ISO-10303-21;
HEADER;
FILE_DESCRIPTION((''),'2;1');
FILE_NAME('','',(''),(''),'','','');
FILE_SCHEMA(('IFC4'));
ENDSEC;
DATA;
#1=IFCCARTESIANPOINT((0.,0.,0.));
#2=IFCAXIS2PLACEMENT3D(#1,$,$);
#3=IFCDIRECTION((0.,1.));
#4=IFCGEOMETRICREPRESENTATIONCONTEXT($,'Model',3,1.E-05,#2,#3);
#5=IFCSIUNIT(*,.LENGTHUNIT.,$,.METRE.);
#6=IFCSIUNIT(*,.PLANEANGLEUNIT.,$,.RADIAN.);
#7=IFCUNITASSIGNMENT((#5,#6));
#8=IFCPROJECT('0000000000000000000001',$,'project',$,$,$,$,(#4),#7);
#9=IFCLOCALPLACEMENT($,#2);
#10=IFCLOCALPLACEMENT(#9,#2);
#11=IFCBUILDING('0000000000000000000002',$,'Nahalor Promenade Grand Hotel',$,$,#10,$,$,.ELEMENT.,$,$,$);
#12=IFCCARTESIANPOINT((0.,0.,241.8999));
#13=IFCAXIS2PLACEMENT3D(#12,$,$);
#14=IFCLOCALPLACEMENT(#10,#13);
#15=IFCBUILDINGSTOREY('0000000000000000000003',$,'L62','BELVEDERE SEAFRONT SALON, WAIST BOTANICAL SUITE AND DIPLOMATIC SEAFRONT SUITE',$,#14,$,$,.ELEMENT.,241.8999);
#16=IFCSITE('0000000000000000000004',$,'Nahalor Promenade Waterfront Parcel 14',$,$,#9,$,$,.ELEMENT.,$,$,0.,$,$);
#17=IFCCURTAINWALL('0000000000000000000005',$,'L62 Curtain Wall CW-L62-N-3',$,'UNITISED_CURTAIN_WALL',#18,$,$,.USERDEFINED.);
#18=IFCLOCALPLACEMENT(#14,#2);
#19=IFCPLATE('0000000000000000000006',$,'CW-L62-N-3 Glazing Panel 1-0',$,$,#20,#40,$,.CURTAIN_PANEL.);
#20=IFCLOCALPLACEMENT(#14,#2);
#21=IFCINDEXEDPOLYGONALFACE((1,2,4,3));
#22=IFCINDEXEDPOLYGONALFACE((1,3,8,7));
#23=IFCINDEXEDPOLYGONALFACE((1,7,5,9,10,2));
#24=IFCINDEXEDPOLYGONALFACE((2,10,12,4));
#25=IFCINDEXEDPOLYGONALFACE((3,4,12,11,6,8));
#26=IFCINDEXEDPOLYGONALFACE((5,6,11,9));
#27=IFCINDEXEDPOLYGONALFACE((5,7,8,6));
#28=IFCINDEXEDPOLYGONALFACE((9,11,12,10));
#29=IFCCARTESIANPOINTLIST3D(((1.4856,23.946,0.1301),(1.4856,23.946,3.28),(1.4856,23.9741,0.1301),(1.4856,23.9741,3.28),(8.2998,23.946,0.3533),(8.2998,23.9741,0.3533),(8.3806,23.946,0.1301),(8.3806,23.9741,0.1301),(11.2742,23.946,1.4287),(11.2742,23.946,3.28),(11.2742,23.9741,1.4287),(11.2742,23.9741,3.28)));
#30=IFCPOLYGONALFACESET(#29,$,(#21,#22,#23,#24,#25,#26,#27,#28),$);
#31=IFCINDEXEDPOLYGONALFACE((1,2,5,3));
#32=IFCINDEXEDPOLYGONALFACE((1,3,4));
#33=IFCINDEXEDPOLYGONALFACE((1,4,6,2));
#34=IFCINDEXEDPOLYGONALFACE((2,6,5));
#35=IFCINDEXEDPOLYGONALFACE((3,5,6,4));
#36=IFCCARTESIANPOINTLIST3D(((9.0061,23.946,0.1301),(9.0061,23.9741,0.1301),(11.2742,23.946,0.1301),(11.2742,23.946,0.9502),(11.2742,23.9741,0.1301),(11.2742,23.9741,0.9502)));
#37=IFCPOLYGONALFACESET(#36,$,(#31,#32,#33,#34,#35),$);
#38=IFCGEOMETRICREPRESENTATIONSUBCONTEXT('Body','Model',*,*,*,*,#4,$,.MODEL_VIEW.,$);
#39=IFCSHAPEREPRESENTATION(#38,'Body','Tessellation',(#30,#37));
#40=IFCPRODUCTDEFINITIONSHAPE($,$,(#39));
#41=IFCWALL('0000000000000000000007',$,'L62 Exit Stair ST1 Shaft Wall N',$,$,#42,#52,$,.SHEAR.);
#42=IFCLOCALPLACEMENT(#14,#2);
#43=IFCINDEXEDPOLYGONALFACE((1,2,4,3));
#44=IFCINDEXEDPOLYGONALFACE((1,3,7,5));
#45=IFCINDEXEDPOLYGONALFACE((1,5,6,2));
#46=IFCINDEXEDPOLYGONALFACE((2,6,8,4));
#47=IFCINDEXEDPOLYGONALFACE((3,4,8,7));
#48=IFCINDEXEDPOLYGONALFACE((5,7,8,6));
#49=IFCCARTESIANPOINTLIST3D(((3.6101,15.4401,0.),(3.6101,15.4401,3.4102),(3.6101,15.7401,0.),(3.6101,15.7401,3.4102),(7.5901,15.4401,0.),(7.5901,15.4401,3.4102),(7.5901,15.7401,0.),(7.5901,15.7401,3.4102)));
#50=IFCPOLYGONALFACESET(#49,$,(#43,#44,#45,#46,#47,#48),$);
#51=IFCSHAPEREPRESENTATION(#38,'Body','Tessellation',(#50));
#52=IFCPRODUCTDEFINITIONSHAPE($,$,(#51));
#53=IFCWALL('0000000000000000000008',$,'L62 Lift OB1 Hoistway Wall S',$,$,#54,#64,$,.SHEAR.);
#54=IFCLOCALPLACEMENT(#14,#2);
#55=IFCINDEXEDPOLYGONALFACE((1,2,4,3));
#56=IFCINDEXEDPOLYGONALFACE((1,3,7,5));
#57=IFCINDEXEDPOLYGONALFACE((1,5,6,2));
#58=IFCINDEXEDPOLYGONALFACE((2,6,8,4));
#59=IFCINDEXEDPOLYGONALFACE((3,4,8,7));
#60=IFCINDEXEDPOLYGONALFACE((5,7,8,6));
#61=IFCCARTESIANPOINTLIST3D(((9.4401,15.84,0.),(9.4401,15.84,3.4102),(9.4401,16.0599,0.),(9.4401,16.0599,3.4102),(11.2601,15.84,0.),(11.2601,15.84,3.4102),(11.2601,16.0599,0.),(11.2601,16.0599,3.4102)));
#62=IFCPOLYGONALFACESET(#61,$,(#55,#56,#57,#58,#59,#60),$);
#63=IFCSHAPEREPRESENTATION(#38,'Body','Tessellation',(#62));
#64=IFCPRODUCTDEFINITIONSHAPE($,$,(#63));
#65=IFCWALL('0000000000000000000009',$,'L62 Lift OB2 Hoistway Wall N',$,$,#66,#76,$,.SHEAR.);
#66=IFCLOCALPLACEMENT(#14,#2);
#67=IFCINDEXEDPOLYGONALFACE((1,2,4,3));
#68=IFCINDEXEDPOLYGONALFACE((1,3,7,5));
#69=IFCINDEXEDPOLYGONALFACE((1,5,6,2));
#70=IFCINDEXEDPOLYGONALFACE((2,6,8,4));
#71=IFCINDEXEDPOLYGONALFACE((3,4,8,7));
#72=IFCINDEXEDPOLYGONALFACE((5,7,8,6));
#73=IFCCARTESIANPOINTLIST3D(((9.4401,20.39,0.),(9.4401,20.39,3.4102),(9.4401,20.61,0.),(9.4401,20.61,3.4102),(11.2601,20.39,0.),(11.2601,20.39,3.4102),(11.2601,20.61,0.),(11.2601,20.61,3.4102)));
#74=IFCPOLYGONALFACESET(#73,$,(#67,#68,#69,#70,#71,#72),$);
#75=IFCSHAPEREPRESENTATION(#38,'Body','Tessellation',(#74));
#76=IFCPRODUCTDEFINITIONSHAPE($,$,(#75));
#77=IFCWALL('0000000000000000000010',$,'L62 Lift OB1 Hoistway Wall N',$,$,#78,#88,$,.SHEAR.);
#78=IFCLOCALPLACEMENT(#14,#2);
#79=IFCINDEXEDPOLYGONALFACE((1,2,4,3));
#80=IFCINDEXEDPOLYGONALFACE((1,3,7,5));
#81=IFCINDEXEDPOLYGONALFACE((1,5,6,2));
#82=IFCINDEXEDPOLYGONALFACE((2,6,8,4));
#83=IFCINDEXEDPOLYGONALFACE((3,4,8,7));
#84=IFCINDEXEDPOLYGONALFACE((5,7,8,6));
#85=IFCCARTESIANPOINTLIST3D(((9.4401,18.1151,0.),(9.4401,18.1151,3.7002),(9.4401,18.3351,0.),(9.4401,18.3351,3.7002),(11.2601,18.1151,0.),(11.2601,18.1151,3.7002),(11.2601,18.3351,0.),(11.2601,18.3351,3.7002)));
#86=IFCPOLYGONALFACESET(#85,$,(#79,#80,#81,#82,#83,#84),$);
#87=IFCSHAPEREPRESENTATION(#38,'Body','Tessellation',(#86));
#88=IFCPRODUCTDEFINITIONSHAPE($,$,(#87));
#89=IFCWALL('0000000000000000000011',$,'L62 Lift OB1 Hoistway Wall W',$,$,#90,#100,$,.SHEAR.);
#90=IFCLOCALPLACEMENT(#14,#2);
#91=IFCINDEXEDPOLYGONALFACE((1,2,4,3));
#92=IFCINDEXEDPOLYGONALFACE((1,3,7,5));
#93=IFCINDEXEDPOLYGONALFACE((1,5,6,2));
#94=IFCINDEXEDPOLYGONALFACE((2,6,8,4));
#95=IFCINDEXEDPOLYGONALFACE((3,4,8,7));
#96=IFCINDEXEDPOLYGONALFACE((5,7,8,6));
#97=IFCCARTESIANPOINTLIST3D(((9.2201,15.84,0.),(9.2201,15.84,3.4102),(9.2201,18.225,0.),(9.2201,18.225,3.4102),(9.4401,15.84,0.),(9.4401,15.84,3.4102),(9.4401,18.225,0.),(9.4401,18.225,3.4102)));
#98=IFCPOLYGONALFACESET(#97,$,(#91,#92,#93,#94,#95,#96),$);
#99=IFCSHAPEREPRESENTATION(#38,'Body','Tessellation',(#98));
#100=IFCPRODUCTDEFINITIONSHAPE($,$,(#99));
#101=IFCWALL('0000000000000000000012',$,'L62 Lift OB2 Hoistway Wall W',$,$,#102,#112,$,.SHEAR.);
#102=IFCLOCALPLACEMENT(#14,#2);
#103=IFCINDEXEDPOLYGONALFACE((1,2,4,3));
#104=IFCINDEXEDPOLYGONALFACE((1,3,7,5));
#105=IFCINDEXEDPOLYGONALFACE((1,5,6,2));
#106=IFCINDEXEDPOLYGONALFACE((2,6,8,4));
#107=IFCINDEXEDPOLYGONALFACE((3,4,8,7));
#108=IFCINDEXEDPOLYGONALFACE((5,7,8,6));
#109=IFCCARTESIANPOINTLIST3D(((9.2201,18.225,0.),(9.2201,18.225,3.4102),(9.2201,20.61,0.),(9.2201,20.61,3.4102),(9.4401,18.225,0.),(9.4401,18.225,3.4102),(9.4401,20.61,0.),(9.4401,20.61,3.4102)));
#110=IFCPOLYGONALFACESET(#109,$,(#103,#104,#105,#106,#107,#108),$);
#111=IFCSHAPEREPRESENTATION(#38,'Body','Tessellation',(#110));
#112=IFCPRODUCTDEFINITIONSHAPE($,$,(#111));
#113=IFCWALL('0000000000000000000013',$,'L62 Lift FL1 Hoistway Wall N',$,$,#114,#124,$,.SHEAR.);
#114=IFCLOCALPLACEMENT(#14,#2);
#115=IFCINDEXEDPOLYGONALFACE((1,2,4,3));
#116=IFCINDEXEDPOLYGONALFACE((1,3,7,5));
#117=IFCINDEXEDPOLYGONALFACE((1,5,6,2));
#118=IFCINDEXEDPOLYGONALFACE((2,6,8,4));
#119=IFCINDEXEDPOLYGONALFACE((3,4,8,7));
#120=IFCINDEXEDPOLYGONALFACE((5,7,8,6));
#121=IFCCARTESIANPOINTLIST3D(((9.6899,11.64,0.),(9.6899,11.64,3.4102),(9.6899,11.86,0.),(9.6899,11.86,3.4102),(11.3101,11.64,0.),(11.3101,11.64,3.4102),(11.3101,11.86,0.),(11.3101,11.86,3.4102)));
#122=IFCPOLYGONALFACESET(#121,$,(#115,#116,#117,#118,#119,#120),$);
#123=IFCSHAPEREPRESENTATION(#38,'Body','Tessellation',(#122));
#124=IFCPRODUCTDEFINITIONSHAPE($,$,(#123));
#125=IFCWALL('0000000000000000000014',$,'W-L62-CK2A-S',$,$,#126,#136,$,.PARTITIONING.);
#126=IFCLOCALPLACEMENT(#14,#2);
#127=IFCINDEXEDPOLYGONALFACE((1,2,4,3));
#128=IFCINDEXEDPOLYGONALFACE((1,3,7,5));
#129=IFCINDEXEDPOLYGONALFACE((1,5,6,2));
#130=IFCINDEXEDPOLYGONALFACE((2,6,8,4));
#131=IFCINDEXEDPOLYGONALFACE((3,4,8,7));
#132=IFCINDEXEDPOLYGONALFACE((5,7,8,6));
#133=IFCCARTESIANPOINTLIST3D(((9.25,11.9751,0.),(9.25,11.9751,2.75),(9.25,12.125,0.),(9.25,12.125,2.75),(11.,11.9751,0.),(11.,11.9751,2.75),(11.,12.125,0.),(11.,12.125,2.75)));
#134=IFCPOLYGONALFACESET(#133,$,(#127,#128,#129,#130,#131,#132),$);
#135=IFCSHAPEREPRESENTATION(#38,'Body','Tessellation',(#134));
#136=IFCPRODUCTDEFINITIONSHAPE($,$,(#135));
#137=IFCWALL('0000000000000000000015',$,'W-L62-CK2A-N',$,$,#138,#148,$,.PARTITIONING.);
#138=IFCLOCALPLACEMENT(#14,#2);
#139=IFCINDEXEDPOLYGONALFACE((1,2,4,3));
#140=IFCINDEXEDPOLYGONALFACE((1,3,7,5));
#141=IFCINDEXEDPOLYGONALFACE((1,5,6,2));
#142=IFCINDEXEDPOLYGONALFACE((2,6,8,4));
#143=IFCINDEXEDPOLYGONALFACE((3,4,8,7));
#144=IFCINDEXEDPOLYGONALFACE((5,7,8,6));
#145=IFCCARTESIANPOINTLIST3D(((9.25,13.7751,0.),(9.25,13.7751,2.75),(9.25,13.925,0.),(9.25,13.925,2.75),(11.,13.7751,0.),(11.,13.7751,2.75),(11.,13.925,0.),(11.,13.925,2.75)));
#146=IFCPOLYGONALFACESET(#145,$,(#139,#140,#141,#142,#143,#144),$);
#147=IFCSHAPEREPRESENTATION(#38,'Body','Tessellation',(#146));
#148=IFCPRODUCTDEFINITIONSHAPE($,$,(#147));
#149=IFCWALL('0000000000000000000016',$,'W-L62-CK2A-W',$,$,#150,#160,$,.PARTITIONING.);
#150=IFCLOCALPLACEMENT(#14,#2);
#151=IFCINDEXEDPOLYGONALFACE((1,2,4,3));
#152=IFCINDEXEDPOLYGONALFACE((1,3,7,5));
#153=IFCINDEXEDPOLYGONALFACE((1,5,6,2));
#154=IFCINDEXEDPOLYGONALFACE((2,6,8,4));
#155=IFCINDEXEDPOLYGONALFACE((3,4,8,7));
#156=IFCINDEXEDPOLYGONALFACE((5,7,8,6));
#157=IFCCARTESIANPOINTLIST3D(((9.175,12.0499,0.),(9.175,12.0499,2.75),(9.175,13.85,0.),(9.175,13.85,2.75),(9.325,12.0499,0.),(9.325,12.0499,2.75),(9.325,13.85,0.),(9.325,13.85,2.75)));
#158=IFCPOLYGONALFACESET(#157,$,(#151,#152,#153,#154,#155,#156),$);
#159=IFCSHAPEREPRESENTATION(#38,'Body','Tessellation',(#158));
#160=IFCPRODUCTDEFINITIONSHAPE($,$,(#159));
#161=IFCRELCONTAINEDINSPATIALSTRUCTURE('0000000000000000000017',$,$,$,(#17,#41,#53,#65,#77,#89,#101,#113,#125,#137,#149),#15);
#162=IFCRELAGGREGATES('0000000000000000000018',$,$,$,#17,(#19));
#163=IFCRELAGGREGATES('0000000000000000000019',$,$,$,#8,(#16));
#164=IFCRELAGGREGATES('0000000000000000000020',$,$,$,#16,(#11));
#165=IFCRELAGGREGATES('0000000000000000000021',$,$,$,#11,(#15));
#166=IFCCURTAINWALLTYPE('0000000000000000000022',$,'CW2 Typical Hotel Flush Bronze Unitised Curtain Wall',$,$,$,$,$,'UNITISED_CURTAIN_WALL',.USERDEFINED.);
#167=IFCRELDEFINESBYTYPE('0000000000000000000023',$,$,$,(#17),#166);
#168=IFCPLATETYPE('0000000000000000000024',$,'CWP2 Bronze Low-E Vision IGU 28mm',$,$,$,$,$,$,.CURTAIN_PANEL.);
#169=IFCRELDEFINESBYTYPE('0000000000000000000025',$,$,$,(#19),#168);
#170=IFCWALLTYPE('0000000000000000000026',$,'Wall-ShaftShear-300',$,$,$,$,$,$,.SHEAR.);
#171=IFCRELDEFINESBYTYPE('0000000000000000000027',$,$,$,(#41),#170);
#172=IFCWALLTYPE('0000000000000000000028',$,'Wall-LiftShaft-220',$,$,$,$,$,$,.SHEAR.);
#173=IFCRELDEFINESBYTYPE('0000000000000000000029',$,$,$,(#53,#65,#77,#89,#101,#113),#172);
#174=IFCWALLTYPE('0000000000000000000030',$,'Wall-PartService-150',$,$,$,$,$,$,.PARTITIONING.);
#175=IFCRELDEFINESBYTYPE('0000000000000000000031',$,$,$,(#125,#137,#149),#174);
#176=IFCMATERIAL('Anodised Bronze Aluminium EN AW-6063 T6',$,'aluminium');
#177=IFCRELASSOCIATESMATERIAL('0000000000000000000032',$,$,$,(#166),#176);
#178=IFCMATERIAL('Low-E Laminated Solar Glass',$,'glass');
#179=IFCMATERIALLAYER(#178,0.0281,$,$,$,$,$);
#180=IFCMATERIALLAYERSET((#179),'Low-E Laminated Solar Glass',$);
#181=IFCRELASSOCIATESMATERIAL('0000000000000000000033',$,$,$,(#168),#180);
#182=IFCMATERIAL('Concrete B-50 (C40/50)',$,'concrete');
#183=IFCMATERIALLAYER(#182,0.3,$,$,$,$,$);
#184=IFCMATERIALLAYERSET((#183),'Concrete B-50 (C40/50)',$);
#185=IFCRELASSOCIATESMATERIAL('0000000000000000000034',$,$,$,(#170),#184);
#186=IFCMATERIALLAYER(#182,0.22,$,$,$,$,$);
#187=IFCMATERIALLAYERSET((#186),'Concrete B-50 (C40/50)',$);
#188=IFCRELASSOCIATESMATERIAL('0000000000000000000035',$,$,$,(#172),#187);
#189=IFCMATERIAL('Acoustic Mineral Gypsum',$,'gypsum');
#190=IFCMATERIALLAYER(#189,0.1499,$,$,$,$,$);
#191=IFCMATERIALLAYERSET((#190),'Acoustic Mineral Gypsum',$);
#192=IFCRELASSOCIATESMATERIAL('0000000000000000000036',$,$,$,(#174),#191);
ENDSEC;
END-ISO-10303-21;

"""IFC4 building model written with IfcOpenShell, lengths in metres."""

from ifc_helpers import new_model, si_unit, direction, frame, frame_2d, origin, place, context, subcontext, project, spatial, polyline, rectangle, outline, extrude, source, transform, mapped, material, layer, layer_set, type_object, element, aggregate, save


model = new_model("IFC4")

# Units and contexts
model_context = context("Model", 3, precision=1e-05, world=origin(), true_north=direction((0.0, 1.0)))
body_context = subcontext(model_context, "Body", "Model", "MODEL_VIEW")
ifc_project = project(units=[si_unit("LENGTHUNIT", "METRE"), si_unit("PLANEANGLEUNIT", "RADIAN")], contexts=[model_context])

# Site, building, storey
site_placement = place(None, origin())
site = spatial("IfcSite", under=ifc_project, at=site_placement, Name="Nahalor Promenade Waterfront Parcel 14", CompositionType="ELEMENT", RefElevation=0.0)
building_placement = place(site_placement, origin())
building = spatial("IfcBuilding", under=site, at=building_placement, Name="Nahalor Promenade Grand Hotel", CompositionType="ELEMENT")
storey_placement = place(building_placement, frame((0.0, 0.0, 241.8999)))
storey = spatial("IfcBuildingStorey", under=building, at=storey_placement, Name="L62", Description="BELVEDERE SEAFRONT SALON, WAIST BOTANICAL SUITE AND DIPLOMATIC SEAFRONT SUITE", CompositionType="ELEMENT", Elevation=241.8999)

# Curtain wall, plate
ifc_material_1 = material(Name="Anodised Bronze Aluminium EN AW-6063 T6", Category="aluminium")
curtain_wall_type = type_object("IfcCurtainWallType", Name="CW2 Typical Hotel Flush Bronze Unitised Curtain Wall", ElementType="UNITISED_CURTAIN_WALL", PredefinedType="USERDEFINED", material=ifc_material_1)
curtain_wall_placement = place(storey_placement, origin())
curtain_wall = element("IfcCurtainWall", 1, at=curtain_wall_placement, inside=storey, type_object=curtain_wall_type, Name="L62 Curtain Wall CW-L62-N-3", ObjectType="UNITISED_CURTAIN_WALL", PredefinedType="USERDEFINED")
ifc_material_2 = material(Name="Low-E Laminated Solar Glass", Category="glass")
ifc_layer_1 = layer(ifc_material_2, 0.0281)
ifc_layer_set_1 = layer_set([ifc_layer_1], Name="Low-E Laminated Solar Glass")
plate_type = type_object("IfcPlateType", Name="CWP2 Bronze Low-E Vision IGU 28mm", PredefinedType="CURTAIN_PANEL", material=ifc_layer_set_1)
plate_placement = place(storey_placement, frame((6.3799, 23.96, 0.1301), z_axis=(0.0, 0.0, 1.0), x_axis=(1.0, 0.0, 0.0)))
plate = element("IfcPlate", 2, at=plate_placement, type_object=plate_type, Name="CW-L62-N-3 Glazing Panel 1-0", PredefinedType="CURTAIN_PANEL", context=body_context, shape_type="SweptSolid", body=[
    extrude(outline(polyline([(-4.8943, 3.1499), (-4.8943, 0.0), (2.0007, 0.0), (1.9199, 0.2231), (4.8943, 1.2986), (4.8943, 3.1499), (-4.8943, 3.1499)])), frame((0.0, 0.0142, 0.0), z_axis=(0.0, -1.0, 0.0), x_axis=(1.0, 0.0, 0.0)), (0.0, 0.0, 1.0), 0.0281),
    extrude(outline(polyline([(2.6262, 0.0), (4.8943, 0.0), (4.8943, 0.8201), (2.6262, 0.0)])), frame((0.0, 0.0142, 0.0), z_axis=(0.0, -1.0, 0.0), x_axis=(1.0, 0.0, 0.0)), (0.0, 0.0, 1.0), 0.0281),
])
aggregate(curtain_wall, [plate])

# Walls
ifc_material_3 = material(Name="Concrete B-50 (C40/50)", Category="concrete")
ifc_layer_2 = layer(ifc_material_3, 0.3)
ifc_layer_set_2 = layer_set([ifc_layer_2], Name="Concrete B-50 (C40/50)")
wall_type_1 = type_object("IfcWallType", Name="Wall-ShaftShear-300", PredefinedType="SHEAR", material=ifc_layer_set_2)
shared_shape_1 = source(origin(), body_context, "Body", "SweptSolid", [
    extrude(rectangle(XDim=3.98, YDim=0.3, at=frame_2d((1.99, 0.0))), origin(), (0.0, 0.0, 1.0), 3.4102),
])
wall_1_placement = place(storey_placement, frame((3.6101, 15.5901, 0.0), z_axis=(0.0, 0.0, 1.0), x_axis=(1.0, 0.0, 0.0)))
element("IfcWall", 3, at=wall_1_placement, inside=storey, type_object=wall_type_1, Name="L62 Exit Stair ST1 Shaft Wall N", PredefinedType="SHEAR", context=body_context, shape_type="MappedRepresentation", body=[
    mapped(shared_shape_1, transform((0.0, 0.0, 0.0), scale=1.0)),
])
ifc_layer_3 = layer(ifc_material_3, 0.22)
ifc_layer_set_3 = layer_set([ifc_layer_3], Name="Concrete B-50 (C40/50)")
wall_type_2 = type_object("IfcWallType", Name="Wall-LiftShaft-220", PredefinedType="SHEAR", material=ifc_layer_set_3)
shared_shape_2 = source(origin(), body_context, "Body", "SweptSolid", [
    extrude(rectangle(XDim=1.8201, YDim=0.22, at=frame_2d((0.9102, 0.0))), origin(), (0.0, 0.0, 1.0), 3.4102),
])
for number, where, z_axis, x_axis, name in (
    (4, (9.4399, 15.95, 0.0), (0.0, 0.0, 1.0), (1.0, 0.0, 0.0), "L62 Lift OB1 Hoistway Wall S"),
    (5, (9.4399, 20.5, 0.0), (0.0, 0.0, 1.0), (1.0, 0.0, 0.0), "L62 Lift OB2 Hoistway Wall N"),
):
    element("IfcWall", number, at=place(storey_placement, frame(where, z_axis=z_axis, x_axis=x_axis)), inside=storey, type_object=wall_type_2, Name=name, PredefinedType="SHEAR", context=body_context, shape_type="MappedRepresentation", body=[
        mapped(shared_shape_2, transform((0.0, 0.0, 0.0), scale=1.0)),
    ])
shared_shape_3 = source(origin(), body_context, "Body", "SweptSolid", [
    extrude(rectangle(XDim=1.8201, YDim=0.22, at=frame_2d((0.9102, 0.0))), origin(), (0.0, 0.0, 1.0), 3.7002),
])
wall_2_placement = place(storey_placement, frame((9.4399, 18.2251, 0.0), z_axis=(0.0, 0.0, 1.0), x_axis=(1.0, 0.0, 0.0)))
element("IfcWall", 6, at=wall_2_placement, inside=storey, type_object=wall_type_2, Name="L62 Lift OB1 Hoistway Wall N", PredefinedType="SHEAR", context=body_context, shape_type="MappedRepresentation", body=[
    mapped(shared_shape_3, transform((0.0, 0.0, 0.0), scale=1.0)),
])
shared_shape_4 = source(origin(), body_context, "Body", "SweptSolid", [
    extrude(rectangle(XDim=2.385, YDim=0.22, at=frame_2d((1.1924, 0.0))), origin(), (0.0, 0.0, 1.0), 3.4102),
])
for number, where, z_axis, x_axis, name in (
    (7, (9.3301, 15.8401, 0.0), (0.0, 0.0, 1.0), (0.0, 1.0, 0.0), "L62 Lift OB1 Hoistway Wall W"),
    (8, (9.3301, 18.2251, 0.0), (0.0, 0.0, 1.0), (0.0, 1.0, 0.0), "L62 Lift OB2 Hoistway Wall W"),
):
    element("IfcWall", number, at=place(storey_placement, frame(where, z_axis=z_axis, x_axis=x_axis)), inside=storey, type_object=wall_type_2, Name=name, PredefinedType="SHEAR", context=body_context, shape_type="MappedRepresentation", body=[
        mapped(shared_shape_4, transform((0.0, 0.0, 0.0), scale=1.0)),
    ])
shared_shape_5 = source(origin(), body_context, "Body", "SweptSolid", [
    extrude(rectangle(XDim=1.6201, YDim=0.22, at=frame_2d((0.8101, 0.0))), origin(), (0.0, 0.0, 1.0), 3.4102),
])
wall_3_placement = place(storey_placement, frame((9.6899, 11.75, 0.0), z_axis=(0.0, 0.0, 1.0), x_axis=(1.0, 0.0, 0.0)))
element("IfcWall", 9, at=wall_3_placement, inside=storey, type_object=wall_type_2, Name="L62 Lift FL1 Hoistway Wall N", PredefinedType="SHEAR", context=body_context, shape_type="MappedRepresentation", body=[
    mapped(shared_shape_5, transform((0.0, 0.0, 0.0), scale=1.0)),
])
ifc_material_4 = material(Name="Acoustic Mineral Gypsum", Category="gypsum")
ifc_layer_4 = layer(ifc_material_4, 0.1499)
ifc_layer_set_4 = layer_set([ifc_layer_4], Name="Acoustic Mineral Gypsum")
wall_type_3 = type_object("IfcWallType", Name="Wall-PartService-150", PredefinedType="PARTITIONING", material=ifc_layer_set_4)
shared_shape_6 = source(origin(), body_context, "Body", "SweptSolid", [
    extrude(rectangle(XDim=1.75, YDim=0.1499, at=frame_2d((0.875, 0.0))), origin(), (0.0, 0.0, 1.0), 2.75),
])
for number, where, z_axis, x_axis, name in (
    (10, (9.25, 12.05, 0.0), (0.0, 0.0, 1.0), (1.0, 0.0, 0.0), "W-L62-CK2A-S"),
    (11, (9.25, 13.8501, 0.0), (0.0, 0.0, 1.0), (1.0, 0.0, 0.0), "W-L62-CK2A-N"),
):
    element("IfcWall", number, at=place(storey_placement, frame(where, z_axis=z_axis, x_axis=x_axis)), inside=storey, type_object=wall_type_3, Name=name, PredefinedType="PARTITIONING", context=body_context, shape_type="MappedRepresentation", body=[
        mapped(shared_shape_6, transform((0.0, 0.0, 0.0), scale=1.0)),
    ])
shared_shape_7 = source(origin(), body_context, "Body", "SweptSolid", [
    extrude(rectangle(XDim=1.8, YDim=0.1499, at=frame_2d((0.8999, 0.0))), origin(), (0.0, 0.0, 1.0), 2.75),
])
wall_4_placement = place(storey_placement, frame((9.25, 12.05, 0.0), z_axis=(0.0, 0.0, 1.0), x_axis=(0.0, 1.0, 0.0)))
element("IfcWall", 12, at=wall_4_placement, inside=storey, type_object=wall_type_3, Name="W-L62-CK2A-W", PredefinedType="PARTITIONING", context=body_context, shape_type="MappedRepresentation", body=[
    mapped(shared_shape_7, transform((0.0, 0.0, 0.0), scale=1.0)),
])

save(model, "model.ifc")
